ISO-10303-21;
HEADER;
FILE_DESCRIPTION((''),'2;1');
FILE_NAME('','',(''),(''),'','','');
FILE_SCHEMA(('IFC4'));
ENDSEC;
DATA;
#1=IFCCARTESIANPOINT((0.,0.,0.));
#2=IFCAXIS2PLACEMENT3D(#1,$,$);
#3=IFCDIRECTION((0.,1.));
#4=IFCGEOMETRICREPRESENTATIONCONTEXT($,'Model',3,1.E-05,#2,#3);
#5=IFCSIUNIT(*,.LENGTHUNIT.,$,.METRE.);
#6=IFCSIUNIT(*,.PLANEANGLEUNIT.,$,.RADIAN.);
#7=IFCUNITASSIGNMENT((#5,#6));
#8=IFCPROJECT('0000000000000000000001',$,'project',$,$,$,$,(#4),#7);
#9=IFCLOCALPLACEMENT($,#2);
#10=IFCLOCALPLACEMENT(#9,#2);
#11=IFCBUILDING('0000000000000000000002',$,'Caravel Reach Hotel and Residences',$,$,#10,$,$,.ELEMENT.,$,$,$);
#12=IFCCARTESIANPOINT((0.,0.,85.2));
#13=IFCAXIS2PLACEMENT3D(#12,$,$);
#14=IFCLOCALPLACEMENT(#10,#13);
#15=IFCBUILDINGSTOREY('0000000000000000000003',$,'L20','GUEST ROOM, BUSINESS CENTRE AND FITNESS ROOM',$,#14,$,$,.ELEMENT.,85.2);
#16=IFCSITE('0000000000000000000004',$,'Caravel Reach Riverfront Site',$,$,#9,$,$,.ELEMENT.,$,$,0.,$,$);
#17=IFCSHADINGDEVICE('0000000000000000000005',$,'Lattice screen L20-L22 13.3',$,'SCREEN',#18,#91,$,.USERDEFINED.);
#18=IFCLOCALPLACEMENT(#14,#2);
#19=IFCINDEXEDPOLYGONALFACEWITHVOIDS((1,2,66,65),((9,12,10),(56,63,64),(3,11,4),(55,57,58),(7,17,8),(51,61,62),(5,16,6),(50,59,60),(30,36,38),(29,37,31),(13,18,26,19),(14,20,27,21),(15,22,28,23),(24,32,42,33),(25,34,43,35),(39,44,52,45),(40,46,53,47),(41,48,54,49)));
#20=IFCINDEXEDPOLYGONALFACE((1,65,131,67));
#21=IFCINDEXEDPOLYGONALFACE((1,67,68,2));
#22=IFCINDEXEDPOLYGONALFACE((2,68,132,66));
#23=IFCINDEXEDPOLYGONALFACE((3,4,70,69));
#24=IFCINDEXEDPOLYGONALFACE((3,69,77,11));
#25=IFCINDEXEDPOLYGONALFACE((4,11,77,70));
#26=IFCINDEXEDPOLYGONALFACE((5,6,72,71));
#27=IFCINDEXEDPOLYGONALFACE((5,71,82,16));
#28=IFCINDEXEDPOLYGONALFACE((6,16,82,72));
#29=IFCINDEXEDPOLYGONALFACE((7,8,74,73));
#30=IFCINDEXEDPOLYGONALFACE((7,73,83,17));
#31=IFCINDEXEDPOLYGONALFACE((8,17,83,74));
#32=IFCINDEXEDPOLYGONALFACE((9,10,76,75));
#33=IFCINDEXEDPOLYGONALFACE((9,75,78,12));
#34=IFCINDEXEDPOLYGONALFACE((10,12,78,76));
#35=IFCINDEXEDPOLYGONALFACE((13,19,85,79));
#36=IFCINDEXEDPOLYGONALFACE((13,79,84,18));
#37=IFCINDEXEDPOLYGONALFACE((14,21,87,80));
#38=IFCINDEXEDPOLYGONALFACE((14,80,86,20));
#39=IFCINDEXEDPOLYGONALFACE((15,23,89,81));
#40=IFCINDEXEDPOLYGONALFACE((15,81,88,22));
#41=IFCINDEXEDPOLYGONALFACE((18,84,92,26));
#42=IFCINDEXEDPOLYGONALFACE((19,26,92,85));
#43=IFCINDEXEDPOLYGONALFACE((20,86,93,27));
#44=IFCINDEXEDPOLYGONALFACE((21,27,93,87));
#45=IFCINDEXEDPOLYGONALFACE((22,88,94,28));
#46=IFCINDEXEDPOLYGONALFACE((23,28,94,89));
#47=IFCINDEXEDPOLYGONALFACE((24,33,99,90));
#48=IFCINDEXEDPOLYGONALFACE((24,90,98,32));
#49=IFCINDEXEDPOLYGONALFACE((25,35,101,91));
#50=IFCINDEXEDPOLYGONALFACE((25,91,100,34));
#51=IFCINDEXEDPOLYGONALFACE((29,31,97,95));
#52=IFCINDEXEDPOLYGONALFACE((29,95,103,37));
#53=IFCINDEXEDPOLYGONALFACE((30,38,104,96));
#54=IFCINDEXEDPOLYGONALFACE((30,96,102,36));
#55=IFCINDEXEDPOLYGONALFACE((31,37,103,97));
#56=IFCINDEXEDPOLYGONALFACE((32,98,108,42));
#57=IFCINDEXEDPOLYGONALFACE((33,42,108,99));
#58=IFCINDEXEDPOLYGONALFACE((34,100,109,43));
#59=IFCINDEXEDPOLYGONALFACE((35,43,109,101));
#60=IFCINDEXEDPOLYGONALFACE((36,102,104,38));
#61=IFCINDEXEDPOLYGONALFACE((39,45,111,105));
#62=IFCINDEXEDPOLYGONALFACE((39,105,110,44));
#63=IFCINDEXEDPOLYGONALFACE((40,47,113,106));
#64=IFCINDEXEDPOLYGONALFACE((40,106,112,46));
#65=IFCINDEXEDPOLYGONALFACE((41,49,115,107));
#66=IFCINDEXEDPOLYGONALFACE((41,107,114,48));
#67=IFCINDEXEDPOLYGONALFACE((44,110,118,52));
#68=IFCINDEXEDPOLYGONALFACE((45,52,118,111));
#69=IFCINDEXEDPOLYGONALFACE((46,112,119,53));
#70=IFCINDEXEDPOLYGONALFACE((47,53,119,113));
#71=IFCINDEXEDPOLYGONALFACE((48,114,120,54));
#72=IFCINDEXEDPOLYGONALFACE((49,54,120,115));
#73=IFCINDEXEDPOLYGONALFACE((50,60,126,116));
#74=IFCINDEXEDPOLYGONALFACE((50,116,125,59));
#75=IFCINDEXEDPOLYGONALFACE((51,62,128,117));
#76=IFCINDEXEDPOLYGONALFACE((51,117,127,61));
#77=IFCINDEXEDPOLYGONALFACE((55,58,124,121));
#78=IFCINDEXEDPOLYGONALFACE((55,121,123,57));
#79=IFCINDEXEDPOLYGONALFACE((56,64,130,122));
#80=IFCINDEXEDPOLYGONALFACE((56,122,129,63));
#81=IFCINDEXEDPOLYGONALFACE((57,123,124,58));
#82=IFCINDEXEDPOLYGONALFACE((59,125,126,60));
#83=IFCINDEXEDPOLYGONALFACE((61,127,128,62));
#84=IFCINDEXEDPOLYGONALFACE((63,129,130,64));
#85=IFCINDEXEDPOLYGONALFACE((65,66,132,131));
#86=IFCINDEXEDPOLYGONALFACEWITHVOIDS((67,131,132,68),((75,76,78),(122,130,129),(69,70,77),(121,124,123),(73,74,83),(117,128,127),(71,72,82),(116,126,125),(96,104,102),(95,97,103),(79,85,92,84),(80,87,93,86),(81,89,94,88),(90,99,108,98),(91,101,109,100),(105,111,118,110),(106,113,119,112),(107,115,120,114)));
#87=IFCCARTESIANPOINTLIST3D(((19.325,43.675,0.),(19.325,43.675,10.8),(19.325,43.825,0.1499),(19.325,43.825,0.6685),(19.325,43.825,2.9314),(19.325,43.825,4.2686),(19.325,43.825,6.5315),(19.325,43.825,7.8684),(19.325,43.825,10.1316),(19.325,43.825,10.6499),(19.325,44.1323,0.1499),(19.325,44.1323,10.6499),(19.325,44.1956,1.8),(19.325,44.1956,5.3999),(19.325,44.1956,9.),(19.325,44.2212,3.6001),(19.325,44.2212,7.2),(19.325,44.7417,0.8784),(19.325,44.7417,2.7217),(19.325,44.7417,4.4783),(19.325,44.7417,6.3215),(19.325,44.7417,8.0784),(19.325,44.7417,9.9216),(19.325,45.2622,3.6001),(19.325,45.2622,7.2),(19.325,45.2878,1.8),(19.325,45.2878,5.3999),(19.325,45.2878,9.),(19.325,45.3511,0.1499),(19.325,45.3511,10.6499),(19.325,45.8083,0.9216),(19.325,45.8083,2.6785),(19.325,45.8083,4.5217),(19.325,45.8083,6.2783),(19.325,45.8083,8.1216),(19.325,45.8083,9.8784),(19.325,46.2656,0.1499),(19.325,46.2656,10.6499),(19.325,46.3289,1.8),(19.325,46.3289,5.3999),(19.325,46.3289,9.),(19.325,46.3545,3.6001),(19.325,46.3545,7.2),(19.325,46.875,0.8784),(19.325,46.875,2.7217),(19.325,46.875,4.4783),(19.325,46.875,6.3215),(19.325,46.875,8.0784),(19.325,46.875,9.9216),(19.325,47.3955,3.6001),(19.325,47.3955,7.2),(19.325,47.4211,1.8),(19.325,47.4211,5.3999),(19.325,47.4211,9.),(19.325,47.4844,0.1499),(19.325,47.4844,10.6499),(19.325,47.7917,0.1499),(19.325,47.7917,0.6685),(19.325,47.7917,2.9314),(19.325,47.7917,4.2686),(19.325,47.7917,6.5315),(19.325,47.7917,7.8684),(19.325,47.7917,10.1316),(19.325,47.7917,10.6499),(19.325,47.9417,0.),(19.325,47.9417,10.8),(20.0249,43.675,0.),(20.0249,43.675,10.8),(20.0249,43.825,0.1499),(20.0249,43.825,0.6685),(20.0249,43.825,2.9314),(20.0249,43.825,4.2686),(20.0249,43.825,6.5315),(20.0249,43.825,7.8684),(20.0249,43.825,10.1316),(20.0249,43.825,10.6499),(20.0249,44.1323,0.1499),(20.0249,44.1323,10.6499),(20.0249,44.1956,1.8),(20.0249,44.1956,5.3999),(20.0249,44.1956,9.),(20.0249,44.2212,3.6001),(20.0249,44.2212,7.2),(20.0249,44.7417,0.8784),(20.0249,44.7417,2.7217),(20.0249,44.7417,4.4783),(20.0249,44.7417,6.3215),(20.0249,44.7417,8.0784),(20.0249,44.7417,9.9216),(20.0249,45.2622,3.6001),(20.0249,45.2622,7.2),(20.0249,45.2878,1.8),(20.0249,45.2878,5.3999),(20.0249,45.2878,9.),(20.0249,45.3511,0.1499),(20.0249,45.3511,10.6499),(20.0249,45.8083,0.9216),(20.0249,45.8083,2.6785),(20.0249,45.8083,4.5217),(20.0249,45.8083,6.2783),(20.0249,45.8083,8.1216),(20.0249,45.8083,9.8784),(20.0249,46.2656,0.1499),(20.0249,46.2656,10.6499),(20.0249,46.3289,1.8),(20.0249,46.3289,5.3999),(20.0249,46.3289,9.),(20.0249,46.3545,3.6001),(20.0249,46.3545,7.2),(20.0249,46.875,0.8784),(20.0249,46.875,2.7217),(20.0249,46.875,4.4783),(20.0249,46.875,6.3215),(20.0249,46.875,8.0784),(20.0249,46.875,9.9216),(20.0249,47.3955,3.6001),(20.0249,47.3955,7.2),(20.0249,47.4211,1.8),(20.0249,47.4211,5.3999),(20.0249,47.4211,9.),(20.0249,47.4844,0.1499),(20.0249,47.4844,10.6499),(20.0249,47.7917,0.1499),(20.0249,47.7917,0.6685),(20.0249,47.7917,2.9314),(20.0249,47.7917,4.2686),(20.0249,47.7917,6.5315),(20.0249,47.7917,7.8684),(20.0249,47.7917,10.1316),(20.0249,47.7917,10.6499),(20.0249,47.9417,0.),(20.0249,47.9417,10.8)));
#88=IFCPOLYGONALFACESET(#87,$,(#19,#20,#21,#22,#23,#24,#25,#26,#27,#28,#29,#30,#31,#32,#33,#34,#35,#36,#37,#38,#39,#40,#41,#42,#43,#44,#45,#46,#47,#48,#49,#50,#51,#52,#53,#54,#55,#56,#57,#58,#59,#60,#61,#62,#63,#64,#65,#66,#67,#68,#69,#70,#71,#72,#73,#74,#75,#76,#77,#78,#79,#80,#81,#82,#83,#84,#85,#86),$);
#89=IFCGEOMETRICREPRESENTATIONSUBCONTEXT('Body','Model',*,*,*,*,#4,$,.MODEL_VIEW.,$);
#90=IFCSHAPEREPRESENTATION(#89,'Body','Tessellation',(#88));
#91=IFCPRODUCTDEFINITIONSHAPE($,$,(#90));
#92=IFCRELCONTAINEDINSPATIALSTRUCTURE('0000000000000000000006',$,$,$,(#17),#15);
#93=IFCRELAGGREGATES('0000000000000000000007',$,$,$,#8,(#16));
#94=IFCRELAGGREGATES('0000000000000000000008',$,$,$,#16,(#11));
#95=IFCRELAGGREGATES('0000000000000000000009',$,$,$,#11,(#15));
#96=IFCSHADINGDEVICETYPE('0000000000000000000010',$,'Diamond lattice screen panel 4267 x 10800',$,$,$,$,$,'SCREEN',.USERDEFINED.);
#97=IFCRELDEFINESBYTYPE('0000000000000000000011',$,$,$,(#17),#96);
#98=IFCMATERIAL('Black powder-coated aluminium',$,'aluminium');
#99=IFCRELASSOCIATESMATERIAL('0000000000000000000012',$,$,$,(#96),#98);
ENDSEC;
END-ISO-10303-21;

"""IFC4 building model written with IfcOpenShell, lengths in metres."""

from ifc_helpers import new_model, si_unit, direction, frame, origin, place, context, subcontext, project, spatial, polyline, outline, extrude, material, type_object, element, save


model = new_model("IFC4")

# Units and contexts
model_context = context("Model", 3, precision=1e-05, world=origin(), true_north=direction((0.0, 1.0)))
body_context = subcontext(model_context, "Body", "Model", "MODEL_VIEW")
ifc_project = project(units=[si_unit("LENGTHUNIT", "METRE"), si_unit("PLANEANGLEUNIT", "RADIAN")], contexts=[model_context])

# Site, building, storey
site_placement = place(None, origin())
site = spatial("IfcSite", under=ifc_project, at=site_placement, Name="Caravel Reach Riverfront Site", CompositionType="ELEMENT", RefElevation=0.0)
building_placement = place(site_placement, origin())
building = spatial("IfcBuilding", under=site, at=building_placement, Name="Caravel Reach Hotel and Residences", CompositionType="ELEMENT")
storey_placement = place(building_placement, frame((0.0, 0.0, 85.2)))
storey = spatial("IfcBuildingStorey", under=building, at=storey_placement, Name="L20", Description="GUEST ROOM, BUSINESS CENTRE AND FITNESS ROOM", CompositionType="ELEMENT", Elevation=85.2)

# Shading device
ifc_material_1 = material(Name="Black powder-coated aluminium", Category="aluminium")
shading_device_type_1 = type_object("IfcShadingDeviceType", Name="Diamond lattice screen panel 4267 x 10800", ElementType="SCREEN", PredefinedType="USERDEFINED", material=ifc_material_1)
shading_device_1_placement = place(storey_placement, frame((20.0249, 47.9417, 0.0), z_axis=(-1.0, 0.0, 0.0), x_axis=(0.0, -1.0, 0.0)))
element("IfcShadingDevice", 1, at=shading_device_1_placement, inside=storey, type_object=shading_device_type_1, Name="Lattice screen L20-L22 13.3", ObjectType="SCREEN", PredefinedType="USERDEFINED", context=body_context, shape_type="SweptSolid", body=[
    extrude(outline(polyline([(0.0, 0.0), (4.2666, 0.0), (4.2666, 10.8), (0.0, 10.8), (0.0, 0.0)]), holes=[polyline([(0.4573, 0.1499), (0.1499, 0.6685), (0.1499, 0.1499), (0.4573, 0.1499)]), polyline([(0.5461, 3.6001), (0.1499, 4.2686), (0.1499, 2.9314), (0.5461, 3.6001)]), polyline([(0.5461, 7.2), (0.1499, 7.8684), (0.1499, 6.5315), (0.5461, 7.2)]), polyline([(0.1499, 10.1316), (0.4573, 10.6499), (0.1499, 10.6499), (0.1499, 10.1316)]), polyline([(1.0667, 2.7217), (0.5205, 1.8), (1.0667, 0.8784), (1.6128, 1.8), (1.0667, 2.7217)]), polyline([(1.0667, 6.3215), (0.5205, 5.3999), (1.0667, 4.4783), (1.6128, 5.3999), (1.0667, 6.3215)]), polyline([(1.0667, 9.9216), (0.5205, 9.0), (1.0667, 8.0784), (1.6128, 9.0), (1.0667, 9.9216)]), polyline([(2.1333, 0.9216), (1.676, 0.1499), (2.5906, 0.1499), (2.1333, 0.9216)]), polyline([(2.1333, 4.5217), (1.5872, 3.6001), (2.1333, 2.6785), (2.6794, 3.6001), (2.1333, 4.5217)]), polyline([(2.1333, 8.1216), (1.5872, 7.2), (2.1333, 6.2783), (2.6794, 7.2), (2.1333, 8.1216)]), polyline([(2.1333, 9.8784), (2.5906, 10.6499), (1.676, 10.6499), (2.1333, 9.8784)]), polyline([(3.2, 2.7217), (2.6538, 1.8), (3.2, 0.8784), (3.7461, 1.8), (3.2, 2.7217)]), polyline([(3.2, 6.3215), (2.6538, 5.3999), (3.2, 4.4783), (3.7461, 5.3999), (3.2, 6.3215)]), polyline([(3.2, 9.9216), (2.6538, 9.0), (3.2, 8.0784), (3.7461, 9.0), (3.2, 9.9216)]), polyline([(4.1167, 0.6685), (3.8093, 0.1499), (4.1167, 0.1499), (4.1167, 0.6685)]), polyline([(3.7205, 3.6001), (4.1167, 2.9314), (4.1167, 4.2686), (3.7205, 3.6001)]), polyline([(3.7205, 7.2), (4.1167, 6.5315), (4.1167, 7.8684), (3.7205, 7.2)]), polyline([(3.8093, 10.6499), (4.1167, 10.1316), (4.1167, 10.6499), (3.8093, 10.6499)])]), origin(), (0.0, 0.0, 1.0), 0.7),
])

save(model, "model.ifc")
